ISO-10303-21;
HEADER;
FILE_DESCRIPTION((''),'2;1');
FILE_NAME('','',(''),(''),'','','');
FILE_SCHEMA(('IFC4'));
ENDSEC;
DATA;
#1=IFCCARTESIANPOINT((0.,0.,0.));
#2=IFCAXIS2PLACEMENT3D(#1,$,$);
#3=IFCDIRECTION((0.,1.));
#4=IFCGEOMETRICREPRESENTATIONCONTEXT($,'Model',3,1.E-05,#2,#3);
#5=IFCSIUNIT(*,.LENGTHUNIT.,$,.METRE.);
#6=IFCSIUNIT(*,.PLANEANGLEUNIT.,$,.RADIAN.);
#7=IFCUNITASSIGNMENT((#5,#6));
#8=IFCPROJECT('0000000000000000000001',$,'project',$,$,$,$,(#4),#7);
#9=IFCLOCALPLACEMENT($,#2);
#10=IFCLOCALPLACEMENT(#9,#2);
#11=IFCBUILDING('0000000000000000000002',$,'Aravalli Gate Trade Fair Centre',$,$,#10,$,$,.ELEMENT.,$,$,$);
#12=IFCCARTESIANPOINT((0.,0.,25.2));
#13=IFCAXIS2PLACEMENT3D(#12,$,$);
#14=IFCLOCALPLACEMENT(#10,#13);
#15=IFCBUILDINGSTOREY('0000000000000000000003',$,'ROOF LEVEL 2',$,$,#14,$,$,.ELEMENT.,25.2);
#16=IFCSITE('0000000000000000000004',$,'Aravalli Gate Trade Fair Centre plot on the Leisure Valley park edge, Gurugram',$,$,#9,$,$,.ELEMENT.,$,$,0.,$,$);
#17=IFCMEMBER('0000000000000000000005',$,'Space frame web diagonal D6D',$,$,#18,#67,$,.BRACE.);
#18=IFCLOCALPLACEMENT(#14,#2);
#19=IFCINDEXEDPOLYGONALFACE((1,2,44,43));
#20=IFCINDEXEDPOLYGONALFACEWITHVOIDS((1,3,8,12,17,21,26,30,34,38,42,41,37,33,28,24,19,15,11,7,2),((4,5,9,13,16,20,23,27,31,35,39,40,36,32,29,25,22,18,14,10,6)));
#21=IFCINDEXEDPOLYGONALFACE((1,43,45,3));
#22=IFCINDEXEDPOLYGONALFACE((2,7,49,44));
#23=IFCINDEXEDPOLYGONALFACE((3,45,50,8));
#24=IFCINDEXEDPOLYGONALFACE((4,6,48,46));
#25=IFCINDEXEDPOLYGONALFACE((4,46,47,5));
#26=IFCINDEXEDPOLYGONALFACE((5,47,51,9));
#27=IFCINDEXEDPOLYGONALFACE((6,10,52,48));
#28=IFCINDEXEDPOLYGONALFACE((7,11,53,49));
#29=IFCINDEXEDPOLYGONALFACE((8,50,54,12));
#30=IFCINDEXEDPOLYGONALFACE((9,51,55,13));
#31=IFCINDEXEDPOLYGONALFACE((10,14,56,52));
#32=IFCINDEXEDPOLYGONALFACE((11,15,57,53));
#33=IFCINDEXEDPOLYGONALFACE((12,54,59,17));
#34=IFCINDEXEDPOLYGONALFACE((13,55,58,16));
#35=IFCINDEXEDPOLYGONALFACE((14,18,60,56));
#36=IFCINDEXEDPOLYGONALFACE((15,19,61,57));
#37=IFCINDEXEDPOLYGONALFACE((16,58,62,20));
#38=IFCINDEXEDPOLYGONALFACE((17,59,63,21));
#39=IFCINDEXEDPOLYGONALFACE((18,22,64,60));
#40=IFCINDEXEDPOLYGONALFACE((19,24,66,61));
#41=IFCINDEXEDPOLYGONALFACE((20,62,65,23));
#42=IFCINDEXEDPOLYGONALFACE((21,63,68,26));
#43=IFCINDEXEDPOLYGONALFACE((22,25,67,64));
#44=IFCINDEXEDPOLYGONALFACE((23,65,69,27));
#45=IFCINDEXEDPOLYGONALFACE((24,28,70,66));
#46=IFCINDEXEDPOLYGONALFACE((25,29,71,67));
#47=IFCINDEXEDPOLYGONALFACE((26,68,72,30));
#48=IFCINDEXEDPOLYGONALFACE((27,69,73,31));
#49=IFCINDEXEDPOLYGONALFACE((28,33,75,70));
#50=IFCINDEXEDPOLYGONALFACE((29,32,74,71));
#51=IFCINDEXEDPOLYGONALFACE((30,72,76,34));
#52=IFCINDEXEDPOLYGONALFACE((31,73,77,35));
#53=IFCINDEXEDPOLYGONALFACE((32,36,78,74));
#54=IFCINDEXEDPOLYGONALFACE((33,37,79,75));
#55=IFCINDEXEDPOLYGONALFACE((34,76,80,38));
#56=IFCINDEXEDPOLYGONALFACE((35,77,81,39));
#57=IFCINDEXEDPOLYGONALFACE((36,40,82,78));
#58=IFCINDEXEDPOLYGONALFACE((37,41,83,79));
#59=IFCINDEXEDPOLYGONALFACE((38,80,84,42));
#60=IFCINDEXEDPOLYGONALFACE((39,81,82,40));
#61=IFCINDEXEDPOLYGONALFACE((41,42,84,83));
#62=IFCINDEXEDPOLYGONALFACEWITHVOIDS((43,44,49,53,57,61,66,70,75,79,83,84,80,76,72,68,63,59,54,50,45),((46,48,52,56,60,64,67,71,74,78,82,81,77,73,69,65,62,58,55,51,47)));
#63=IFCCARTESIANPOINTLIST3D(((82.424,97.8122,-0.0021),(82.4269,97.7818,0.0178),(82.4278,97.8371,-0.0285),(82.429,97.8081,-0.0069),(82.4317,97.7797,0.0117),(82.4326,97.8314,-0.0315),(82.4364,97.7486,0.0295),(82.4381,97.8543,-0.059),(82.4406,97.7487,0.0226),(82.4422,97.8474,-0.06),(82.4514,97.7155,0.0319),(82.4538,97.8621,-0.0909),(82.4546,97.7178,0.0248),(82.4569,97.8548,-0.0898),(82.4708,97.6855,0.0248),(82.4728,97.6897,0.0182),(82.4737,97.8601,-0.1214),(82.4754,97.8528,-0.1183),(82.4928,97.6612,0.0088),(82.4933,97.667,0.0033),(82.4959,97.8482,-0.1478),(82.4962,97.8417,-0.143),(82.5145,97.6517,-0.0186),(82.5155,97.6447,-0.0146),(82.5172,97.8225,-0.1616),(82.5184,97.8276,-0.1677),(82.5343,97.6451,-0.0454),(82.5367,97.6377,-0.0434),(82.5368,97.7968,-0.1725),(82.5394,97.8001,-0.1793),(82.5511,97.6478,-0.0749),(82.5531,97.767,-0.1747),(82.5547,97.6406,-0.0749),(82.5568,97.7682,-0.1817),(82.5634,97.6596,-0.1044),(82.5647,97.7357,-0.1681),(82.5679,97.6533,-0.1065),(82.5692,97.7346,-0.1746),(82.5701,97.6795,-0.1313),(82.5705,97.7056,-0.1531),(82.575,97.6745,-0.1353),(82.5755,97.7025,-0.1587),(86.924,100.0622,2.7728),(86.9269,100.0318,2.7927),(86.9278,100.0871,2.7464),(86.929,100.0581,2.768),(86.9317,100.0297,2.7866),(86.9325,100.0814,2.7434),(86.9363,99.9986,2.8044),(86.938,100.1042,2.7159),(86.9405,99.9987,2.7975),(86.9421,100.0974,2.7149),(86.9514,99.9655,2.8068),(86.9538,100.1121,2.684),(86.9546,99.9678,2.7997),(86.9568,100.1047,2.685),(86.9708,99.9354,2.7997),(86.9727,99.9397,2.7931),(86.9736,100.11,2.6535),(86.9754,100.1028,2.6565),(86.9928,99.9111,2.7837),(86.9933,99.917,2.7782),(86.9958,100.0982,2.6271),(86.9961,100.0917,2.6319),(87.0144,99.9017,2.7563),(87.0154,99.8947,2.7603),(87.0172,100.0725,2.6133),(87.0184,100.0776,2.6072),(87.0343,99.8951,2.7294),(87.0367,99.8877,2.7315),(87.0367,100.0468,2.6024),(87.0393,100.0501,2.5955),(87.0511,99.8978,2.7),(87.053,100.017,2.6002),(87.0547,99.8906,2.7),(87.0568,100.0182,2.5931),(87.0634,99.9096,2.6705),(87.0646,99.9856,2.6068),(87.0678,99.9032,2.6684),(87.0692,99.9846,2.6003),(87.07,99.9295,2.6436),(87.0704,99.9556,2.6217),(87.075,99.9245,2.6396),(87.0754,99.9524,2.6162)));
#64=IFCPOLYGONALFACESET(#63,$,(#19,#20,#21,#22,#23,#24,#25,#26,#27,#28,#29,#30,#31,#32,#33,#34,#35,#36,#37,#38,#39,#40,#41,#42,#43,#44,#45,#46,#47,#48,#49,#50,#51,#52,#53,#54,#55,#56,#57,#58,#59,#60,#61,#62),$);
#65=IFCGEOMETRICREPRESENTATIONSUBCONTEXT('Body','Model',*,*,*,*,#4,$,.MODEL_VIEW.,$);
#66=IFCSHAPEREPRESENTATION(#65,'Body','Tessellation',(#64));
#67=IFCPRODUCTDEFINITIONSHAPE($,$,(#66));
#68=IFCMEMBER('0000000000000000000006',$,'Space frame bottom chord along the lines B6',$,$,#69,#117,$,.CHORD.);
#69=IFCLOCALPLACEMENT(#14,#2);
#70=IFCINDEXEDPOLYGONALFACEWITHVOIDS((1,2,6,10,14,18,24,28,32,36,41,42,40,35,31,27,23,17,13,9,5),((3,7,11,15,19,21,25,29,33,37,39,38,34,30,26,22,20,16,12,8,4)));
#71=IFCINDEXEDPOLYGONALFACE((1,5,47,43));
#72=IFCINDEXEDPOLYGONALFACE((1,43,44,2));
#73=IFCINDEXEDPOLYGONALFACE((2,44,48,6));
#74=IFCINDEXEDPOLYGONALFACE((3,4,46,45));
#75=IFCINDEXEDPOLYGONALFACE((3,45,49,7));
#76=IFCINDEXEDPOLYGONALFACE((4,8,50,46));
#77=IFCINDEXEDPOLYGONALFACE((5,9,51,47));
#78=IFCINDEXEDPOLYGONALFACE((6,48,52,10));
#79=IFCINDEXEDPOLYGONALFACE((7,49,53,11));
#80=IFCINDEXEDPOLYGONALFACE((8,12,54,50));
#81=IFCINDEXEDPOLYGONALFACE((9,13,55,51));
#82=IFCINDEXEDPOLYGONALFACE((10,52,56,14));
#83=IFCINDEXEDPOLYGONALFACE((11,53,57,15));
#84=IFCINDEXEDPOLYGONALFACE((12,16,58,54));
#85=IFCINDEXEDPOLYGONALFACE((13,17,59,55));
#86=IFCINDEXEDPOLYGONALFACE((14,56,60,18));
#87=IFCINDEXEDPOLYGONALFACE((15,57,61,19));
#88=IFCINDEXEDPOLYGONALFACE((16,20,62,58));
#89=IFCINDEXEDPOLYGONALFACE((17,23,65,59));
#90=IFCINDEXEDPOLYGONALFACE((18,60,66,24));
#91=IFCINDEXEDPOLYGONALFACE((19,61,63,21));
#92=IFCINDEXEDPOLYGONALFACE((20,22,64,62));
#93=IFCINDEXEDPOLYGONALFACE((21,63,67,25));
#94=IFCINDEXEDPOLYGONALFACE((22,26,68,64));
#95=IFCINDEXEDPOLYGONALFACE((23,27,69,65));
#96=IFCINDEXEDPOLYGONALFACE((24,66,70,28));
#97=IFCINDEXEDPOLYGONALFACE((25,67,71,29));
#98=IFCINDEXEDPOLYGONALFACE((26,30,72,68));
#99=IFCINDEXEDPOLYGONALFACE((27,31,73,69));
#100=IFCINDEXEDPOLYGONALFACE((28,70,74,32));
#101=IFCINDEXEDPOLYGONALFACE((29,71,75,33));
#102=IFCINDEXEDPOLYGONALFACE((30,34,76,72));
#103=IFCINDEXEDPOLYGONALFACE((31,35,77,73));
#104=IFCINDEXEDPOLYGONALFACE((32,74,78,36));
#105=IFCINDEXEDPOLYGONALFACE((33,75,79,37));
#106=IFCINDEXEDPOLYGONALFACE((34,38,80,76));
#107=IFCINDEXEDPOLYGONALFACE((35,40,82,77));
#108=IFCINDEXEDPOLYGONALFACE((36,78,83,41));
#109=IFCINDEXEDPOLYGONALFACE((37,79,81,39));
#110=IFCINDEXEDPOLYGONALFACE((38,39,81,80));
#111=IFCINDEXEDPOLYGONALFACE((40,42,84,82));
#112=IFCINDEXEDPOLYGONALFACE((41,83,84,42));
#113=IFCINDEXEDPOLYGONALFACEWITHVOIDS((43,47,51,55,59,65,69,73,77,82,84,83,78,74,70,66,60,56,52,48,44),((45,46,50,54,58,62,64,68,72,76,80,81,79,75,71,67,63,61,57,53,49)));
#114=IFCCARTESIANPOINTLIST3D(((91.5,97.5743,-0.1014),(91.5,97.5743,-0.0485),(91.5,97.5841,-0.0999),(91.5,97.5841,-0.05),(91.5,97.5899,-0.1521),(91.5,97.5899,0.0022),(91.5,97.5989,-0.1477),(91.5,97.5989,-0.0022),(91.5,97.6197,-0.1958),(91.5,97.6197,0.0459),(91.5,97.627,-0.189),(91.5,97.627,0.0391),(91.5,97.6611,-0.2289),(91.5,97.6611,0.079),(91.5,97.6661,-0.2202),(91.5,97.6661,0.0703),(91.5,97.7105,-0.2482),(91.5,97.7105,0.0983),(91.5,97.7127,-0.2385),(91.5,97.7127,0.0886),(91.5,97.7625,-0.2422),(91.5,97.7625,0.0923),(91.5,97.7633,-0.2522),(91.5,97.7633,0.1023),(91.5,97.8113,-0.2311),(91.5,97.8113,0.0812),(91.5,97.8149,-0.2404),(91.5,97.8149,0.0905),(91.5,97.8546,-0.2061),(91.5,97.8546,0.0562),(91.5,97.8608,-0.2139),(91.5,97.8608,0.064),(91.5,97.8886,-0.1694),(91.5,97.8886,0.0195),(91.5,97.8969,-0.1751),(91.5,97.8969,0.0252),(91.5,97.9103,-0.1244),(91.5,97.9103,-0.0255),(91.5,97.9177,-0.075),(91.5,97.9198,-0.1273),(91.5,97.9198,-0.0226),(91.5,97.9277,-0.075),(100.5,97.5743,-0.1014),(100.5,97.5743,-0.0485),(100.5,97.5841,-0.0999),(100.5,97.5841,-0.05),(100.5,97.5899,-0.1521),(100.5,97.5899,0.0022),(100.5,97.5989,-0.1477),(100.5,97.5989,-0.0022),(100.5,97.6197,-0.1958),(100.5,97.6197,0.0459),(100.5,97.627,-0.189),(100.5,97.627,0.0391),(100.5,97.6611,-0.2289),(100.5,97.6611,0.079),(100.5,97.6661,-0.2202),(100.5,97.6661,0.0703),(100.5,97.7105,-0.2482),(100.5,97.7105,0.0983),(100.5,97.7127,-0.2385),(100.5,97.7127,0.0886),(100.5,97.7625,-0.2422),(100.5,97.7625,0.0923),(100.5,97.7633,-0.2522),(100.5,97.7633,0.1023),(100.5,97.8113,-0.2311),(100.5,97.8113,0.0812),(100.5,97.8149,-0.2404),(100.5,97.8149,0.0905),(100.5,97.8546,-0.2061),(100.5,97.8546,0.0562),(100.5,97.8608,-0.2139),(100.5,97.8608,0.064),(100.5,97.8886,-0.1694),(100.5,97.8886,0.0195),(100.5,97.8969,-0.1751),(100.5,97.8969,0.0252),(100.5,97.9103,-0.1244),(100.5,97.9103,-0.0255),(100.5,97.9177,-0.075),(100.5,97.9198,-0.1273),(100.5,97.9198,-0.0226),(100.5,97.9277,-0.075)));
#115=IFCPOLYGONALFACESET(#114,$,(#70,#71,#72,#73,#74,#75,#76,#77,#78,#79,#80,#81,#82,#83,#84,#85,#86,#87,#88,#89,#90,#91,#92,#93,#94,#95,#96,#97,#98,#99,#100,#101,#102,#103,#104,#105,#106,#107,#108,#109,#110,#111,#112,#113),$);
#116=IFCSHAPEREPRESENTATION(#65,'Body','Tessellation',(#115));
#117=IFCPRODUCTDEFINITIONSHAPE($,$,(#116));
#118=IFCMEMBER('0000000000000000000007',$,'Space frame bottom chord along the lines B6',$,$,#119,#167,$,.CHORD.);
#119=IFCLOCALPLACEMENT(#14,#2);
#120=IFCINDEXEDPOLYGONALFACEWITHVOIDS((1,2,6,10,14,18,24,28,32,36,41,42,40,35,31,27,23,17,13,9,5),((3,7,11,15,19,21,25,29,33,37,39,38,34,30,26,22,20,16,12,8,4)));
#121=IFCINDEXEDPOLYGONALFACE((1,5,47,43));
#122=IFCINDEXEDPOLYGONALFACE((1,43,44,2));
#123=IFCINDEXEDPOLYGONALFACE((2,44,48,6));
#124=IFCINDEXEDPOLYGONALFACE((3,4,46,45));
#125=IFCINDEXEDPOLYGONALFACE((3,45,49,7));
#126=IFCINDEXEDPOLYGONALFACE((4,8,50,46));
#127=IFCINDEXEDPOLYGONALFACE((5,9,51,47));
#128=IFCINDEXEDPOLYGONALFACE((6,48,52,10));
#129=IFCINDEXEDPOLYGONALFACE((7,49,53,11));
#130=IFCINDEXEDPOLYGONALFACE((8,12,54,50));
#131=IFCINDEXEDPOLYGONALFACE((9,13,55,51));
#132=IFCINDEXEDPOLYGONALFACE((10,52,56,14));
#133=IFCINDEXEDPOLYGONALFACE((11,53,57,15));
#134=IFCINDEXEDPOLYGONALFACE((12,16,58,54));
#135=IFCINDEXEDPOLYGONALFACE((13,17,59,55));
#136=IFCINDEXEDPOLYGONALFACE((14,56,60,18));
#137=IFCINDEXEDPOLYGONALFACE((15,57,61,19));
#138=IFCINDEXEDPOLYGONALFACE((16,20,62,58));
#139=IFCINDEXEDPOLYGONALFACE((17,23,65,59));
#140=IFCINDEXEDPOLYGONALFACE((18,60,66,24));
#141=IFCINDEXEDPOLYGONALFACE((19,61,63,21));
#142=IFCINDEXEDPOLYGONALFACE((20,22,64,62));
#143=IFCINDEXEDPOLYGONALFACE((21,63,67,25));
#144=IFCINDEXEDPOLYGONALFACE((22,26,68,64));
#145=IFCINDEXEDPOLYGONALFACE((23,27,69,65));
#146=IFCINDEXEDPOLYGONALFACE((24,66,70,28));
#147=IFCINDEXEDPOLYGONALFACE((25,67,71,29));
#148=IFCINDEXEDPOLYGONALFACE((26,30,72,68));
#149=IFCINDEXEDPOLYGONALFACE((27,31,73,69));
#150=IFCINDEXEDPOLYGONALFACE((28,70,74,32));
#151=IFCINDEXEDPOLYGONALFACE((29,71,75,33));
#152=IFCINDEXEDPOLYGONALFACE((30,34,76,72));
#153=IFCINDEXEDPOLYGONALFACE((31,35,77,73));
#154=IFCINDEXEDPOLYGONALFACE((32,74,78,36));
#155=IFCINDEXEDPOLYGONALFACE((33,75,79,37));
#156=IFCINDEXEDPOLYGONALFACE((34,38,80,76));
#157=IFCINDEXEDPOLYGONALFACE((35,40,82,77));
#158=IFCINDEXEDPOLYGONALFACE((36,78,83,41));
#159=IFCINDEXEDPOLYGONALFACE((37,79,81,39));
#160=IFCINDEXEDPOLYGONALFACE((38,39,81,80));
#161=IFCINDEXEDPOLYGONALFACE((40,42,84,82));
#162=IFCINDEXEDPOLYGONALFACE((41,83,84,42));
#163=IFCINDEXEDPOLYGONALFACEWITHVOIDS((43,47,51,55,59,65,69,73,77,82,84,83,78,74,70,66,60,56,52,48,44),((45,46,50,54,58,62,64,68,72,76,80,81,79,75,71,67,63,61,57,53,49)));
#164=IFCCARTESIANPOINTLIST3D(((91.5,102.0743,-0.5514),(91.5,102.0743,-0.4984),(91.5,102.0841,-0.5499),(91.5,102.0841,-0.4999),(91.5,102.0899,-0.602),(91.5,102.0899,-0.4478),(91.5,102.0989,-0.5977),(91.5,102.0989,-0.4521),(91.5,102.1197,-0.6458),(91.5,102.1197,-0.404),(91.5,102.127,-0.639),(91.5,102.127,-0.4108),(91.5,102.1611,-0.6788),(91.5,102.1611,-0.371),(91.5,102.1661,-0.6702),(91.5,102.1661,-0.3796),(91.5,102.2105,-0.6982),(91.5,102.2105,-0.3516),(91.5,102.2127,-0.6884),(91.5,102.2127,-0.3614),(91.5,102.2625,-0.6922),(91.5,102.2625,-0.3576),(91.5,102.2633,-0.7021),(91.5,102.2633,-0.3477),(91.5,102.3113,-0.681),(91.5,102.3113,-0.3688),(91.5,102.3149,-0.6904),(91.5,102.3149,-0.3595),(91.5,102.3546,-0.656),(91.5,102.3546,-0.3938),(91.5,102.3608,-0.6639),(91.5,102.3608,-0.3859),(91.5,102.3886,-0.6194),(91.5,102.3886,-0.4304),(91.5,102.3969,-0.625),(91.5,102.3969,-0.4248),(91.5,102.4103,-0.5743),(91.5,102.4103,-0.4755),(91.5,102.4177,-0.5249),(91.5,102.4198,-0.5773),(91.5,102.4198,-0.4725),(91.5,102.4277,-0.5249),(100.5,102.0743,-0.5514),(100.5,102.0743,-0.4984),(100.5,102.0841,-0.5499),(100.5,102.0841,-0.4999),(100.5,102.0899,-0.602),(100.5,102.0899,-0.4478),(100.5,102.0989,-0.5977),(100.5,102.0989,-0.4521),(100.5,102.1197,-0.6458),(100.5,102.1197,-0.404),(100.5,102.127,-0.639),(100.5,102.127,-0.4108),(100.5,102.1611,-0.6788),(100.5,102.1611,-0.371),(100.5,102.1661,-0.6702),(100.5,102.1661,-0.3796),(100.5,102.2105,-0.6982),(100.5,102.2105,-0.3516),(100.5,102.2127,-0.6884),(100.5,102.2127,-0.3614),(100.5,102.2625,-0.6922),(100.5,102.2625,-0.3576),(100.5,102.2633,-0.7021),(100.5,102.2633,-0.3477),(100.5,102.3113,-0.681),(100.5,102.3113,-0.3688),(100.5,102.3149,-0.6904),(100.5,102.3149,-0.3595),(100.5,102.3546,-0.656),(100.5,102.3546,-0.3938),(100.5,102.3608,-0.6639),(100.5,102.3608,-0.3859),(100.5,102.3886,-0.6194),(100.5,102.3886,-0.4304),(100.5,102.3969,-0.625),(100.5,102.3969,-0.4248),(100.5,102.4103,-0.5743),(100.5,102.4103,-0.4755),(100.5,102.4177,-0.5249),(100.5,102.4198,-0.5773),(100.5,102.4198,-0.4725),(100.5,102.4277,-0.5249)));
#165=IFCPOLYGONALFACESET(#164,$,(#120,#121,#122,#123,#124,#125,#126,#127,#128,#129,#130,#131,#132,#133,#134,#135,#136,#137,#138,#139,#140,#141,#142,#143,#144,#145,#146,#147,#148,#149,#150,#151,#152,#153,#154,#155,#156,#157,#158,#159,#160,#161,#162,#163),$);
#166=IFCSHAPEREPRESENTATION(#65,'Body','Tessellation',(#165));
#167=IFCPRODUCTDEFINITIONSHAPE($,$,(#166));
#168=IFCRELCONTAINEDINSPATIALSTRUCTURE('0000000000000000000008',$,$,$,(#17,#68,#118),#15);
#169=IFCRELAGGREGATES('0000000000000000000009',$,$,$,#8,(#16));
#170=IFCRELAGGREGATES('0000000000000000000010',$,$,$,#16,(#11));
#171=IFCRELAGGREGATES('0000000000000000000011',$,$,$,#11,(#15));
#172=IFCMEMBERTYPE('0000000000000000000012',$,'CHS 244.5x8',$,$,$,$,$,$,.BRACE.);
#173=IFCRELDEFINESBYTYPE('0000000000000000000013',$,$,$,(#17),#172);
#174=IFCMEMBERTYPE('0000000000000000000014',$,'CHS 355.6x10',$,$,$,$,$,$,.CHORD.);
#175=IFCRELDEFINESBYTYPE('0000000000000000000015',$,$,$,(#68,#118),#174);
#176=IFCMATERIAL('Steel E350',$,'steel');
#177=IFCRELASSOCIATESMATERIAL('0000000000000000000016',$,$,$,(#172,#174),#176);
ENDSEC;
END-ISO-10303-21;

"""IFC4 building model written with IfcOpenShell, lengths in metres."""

from ifc_helpers import new_model, si_unit, direction, frame, origin, origin_2d, place, context, subcontext, project, spatial, hollow_circle, extrude, material, material_profile, profile_set, type_object, element, save


model = new_model("IFC4")

# Units and contexts
model_context = context("Model", 3, precision=1e-05, world=origin(), true_north=direction((0.0, 1.0)))
body_context = subcontext(model_context, "Body", "Model", "MODEL_VIEW")
ifc_project = project(units=[si_unit("LENGTHUNIT", "METRE"), si_unit("PLANEANGLEUNIT", "RADIAN")], contexts=[model_context])

# Site, building, storey
site_placement = place(None, origin())
site = spatial("IfcSite", under=ifc_project, at=site_placement, Name="Aravalli Gate Trade Fair Centre plot on the Leisure Valley park edge, Gurugram", CompositionType="ELEMENT", RefElevation=0.0)
building_placement = place(site_placement, origin())
building = spatial("IfcBuilding", under=site, at=building_placement, Name="Aravalli Gate Trade Fair Centre", CompositionType="ELEMENT")
storey_placement = place(building_placement, frame((0.0, 0.0, 25.2)))
storey = spatial("IfcBuildingStorey", under=building, at=storey_placement, Name="ROOF LEVEL 2", CompositionType="ELEMENT", Elevation=25.2)

# Members
ifc_material = material(Name="Steel E350", Category="steel")
ifc_material_profile_1 = material_profile(ifc_material, hollow_circle(Radius=0.1223, WallThickness=0.0081, at=origin_2d()), Name="CHS 244.5x8")
ifc_profile_set_1 = profile_set([ifc_material_profile_1], Name="Steel E350")
member_type_1 = type_object("IfcMemberType", Name="CHS 244.5x8", PredefinedType="BRACE", material=ifc_profile_set_1)
for number, where, z_axis, x_axis, name in (
    (1, (87.0, 100.0, 2.7), (-0.7832, -0.3916, -0.482956), (0.447214, -0.894427, 0.0), "Space frame web diagonal D6D"),
):
    element("IfcMember", number, at=place(storey_placement, frame(where, z_axis=z_axis, x_axis=x_axis)), inside=storey, type_object=member_type_1, Name=name, PredefinedType="BRACE", context=body_context, shape_type="SweptSolid", body=[
        extrude(hollow_circle(Radius=0.1223, WallThickness=0.0081, at=origin_2d()), origin(), (0.0, 0.0, 1.0), 5.7456),
    ])
ifc_material_profile_2 = material_profile(ifc_material, hollow_circle(Radius=0.1777, WallThickness=0.01, at=origin_2d()), Name="CHS 355.6x10")
ifc_profile_set_2 = profile_set([ifc_material_profile_2], Name="Steel E350")
member_type_2 = type_object("IfcMemberType", Name="CHS 355.6x10", PredefinedType="CHORD", material=ifc_profile_set_2)
for number, where, z_axis, x_axis, name in (
    (2, (91.5, 97.75, -0.075), (1.0, 0.0, 0.0), (0.0, 1.0, 0.0), "Space frame bottom chord along the lines B6"),
    (3, (91.5, 102.25, -0.5249), (1.0, 0.0, 0.0), (0.0, 1.0, 0.0), "Space frame bottom chord along the lines B6"),
):
    element("IfcMember", number, at=place(storey_placement, frame(where, z_axis=z_axis, x_axis=x_axis)), inside=storey, type_object=member_type_2, Name=name, PredefinedType="CHORD", context=body_context, shape_type="SweptSolid", body=[
        extrude(hollow_circle(Radius=0.1777, WallThickness=0.01, at=origin_2d()), origin(), (0.0, 0.0, 1.0), 9.0),
    ])

save(model, "model.ifc")
